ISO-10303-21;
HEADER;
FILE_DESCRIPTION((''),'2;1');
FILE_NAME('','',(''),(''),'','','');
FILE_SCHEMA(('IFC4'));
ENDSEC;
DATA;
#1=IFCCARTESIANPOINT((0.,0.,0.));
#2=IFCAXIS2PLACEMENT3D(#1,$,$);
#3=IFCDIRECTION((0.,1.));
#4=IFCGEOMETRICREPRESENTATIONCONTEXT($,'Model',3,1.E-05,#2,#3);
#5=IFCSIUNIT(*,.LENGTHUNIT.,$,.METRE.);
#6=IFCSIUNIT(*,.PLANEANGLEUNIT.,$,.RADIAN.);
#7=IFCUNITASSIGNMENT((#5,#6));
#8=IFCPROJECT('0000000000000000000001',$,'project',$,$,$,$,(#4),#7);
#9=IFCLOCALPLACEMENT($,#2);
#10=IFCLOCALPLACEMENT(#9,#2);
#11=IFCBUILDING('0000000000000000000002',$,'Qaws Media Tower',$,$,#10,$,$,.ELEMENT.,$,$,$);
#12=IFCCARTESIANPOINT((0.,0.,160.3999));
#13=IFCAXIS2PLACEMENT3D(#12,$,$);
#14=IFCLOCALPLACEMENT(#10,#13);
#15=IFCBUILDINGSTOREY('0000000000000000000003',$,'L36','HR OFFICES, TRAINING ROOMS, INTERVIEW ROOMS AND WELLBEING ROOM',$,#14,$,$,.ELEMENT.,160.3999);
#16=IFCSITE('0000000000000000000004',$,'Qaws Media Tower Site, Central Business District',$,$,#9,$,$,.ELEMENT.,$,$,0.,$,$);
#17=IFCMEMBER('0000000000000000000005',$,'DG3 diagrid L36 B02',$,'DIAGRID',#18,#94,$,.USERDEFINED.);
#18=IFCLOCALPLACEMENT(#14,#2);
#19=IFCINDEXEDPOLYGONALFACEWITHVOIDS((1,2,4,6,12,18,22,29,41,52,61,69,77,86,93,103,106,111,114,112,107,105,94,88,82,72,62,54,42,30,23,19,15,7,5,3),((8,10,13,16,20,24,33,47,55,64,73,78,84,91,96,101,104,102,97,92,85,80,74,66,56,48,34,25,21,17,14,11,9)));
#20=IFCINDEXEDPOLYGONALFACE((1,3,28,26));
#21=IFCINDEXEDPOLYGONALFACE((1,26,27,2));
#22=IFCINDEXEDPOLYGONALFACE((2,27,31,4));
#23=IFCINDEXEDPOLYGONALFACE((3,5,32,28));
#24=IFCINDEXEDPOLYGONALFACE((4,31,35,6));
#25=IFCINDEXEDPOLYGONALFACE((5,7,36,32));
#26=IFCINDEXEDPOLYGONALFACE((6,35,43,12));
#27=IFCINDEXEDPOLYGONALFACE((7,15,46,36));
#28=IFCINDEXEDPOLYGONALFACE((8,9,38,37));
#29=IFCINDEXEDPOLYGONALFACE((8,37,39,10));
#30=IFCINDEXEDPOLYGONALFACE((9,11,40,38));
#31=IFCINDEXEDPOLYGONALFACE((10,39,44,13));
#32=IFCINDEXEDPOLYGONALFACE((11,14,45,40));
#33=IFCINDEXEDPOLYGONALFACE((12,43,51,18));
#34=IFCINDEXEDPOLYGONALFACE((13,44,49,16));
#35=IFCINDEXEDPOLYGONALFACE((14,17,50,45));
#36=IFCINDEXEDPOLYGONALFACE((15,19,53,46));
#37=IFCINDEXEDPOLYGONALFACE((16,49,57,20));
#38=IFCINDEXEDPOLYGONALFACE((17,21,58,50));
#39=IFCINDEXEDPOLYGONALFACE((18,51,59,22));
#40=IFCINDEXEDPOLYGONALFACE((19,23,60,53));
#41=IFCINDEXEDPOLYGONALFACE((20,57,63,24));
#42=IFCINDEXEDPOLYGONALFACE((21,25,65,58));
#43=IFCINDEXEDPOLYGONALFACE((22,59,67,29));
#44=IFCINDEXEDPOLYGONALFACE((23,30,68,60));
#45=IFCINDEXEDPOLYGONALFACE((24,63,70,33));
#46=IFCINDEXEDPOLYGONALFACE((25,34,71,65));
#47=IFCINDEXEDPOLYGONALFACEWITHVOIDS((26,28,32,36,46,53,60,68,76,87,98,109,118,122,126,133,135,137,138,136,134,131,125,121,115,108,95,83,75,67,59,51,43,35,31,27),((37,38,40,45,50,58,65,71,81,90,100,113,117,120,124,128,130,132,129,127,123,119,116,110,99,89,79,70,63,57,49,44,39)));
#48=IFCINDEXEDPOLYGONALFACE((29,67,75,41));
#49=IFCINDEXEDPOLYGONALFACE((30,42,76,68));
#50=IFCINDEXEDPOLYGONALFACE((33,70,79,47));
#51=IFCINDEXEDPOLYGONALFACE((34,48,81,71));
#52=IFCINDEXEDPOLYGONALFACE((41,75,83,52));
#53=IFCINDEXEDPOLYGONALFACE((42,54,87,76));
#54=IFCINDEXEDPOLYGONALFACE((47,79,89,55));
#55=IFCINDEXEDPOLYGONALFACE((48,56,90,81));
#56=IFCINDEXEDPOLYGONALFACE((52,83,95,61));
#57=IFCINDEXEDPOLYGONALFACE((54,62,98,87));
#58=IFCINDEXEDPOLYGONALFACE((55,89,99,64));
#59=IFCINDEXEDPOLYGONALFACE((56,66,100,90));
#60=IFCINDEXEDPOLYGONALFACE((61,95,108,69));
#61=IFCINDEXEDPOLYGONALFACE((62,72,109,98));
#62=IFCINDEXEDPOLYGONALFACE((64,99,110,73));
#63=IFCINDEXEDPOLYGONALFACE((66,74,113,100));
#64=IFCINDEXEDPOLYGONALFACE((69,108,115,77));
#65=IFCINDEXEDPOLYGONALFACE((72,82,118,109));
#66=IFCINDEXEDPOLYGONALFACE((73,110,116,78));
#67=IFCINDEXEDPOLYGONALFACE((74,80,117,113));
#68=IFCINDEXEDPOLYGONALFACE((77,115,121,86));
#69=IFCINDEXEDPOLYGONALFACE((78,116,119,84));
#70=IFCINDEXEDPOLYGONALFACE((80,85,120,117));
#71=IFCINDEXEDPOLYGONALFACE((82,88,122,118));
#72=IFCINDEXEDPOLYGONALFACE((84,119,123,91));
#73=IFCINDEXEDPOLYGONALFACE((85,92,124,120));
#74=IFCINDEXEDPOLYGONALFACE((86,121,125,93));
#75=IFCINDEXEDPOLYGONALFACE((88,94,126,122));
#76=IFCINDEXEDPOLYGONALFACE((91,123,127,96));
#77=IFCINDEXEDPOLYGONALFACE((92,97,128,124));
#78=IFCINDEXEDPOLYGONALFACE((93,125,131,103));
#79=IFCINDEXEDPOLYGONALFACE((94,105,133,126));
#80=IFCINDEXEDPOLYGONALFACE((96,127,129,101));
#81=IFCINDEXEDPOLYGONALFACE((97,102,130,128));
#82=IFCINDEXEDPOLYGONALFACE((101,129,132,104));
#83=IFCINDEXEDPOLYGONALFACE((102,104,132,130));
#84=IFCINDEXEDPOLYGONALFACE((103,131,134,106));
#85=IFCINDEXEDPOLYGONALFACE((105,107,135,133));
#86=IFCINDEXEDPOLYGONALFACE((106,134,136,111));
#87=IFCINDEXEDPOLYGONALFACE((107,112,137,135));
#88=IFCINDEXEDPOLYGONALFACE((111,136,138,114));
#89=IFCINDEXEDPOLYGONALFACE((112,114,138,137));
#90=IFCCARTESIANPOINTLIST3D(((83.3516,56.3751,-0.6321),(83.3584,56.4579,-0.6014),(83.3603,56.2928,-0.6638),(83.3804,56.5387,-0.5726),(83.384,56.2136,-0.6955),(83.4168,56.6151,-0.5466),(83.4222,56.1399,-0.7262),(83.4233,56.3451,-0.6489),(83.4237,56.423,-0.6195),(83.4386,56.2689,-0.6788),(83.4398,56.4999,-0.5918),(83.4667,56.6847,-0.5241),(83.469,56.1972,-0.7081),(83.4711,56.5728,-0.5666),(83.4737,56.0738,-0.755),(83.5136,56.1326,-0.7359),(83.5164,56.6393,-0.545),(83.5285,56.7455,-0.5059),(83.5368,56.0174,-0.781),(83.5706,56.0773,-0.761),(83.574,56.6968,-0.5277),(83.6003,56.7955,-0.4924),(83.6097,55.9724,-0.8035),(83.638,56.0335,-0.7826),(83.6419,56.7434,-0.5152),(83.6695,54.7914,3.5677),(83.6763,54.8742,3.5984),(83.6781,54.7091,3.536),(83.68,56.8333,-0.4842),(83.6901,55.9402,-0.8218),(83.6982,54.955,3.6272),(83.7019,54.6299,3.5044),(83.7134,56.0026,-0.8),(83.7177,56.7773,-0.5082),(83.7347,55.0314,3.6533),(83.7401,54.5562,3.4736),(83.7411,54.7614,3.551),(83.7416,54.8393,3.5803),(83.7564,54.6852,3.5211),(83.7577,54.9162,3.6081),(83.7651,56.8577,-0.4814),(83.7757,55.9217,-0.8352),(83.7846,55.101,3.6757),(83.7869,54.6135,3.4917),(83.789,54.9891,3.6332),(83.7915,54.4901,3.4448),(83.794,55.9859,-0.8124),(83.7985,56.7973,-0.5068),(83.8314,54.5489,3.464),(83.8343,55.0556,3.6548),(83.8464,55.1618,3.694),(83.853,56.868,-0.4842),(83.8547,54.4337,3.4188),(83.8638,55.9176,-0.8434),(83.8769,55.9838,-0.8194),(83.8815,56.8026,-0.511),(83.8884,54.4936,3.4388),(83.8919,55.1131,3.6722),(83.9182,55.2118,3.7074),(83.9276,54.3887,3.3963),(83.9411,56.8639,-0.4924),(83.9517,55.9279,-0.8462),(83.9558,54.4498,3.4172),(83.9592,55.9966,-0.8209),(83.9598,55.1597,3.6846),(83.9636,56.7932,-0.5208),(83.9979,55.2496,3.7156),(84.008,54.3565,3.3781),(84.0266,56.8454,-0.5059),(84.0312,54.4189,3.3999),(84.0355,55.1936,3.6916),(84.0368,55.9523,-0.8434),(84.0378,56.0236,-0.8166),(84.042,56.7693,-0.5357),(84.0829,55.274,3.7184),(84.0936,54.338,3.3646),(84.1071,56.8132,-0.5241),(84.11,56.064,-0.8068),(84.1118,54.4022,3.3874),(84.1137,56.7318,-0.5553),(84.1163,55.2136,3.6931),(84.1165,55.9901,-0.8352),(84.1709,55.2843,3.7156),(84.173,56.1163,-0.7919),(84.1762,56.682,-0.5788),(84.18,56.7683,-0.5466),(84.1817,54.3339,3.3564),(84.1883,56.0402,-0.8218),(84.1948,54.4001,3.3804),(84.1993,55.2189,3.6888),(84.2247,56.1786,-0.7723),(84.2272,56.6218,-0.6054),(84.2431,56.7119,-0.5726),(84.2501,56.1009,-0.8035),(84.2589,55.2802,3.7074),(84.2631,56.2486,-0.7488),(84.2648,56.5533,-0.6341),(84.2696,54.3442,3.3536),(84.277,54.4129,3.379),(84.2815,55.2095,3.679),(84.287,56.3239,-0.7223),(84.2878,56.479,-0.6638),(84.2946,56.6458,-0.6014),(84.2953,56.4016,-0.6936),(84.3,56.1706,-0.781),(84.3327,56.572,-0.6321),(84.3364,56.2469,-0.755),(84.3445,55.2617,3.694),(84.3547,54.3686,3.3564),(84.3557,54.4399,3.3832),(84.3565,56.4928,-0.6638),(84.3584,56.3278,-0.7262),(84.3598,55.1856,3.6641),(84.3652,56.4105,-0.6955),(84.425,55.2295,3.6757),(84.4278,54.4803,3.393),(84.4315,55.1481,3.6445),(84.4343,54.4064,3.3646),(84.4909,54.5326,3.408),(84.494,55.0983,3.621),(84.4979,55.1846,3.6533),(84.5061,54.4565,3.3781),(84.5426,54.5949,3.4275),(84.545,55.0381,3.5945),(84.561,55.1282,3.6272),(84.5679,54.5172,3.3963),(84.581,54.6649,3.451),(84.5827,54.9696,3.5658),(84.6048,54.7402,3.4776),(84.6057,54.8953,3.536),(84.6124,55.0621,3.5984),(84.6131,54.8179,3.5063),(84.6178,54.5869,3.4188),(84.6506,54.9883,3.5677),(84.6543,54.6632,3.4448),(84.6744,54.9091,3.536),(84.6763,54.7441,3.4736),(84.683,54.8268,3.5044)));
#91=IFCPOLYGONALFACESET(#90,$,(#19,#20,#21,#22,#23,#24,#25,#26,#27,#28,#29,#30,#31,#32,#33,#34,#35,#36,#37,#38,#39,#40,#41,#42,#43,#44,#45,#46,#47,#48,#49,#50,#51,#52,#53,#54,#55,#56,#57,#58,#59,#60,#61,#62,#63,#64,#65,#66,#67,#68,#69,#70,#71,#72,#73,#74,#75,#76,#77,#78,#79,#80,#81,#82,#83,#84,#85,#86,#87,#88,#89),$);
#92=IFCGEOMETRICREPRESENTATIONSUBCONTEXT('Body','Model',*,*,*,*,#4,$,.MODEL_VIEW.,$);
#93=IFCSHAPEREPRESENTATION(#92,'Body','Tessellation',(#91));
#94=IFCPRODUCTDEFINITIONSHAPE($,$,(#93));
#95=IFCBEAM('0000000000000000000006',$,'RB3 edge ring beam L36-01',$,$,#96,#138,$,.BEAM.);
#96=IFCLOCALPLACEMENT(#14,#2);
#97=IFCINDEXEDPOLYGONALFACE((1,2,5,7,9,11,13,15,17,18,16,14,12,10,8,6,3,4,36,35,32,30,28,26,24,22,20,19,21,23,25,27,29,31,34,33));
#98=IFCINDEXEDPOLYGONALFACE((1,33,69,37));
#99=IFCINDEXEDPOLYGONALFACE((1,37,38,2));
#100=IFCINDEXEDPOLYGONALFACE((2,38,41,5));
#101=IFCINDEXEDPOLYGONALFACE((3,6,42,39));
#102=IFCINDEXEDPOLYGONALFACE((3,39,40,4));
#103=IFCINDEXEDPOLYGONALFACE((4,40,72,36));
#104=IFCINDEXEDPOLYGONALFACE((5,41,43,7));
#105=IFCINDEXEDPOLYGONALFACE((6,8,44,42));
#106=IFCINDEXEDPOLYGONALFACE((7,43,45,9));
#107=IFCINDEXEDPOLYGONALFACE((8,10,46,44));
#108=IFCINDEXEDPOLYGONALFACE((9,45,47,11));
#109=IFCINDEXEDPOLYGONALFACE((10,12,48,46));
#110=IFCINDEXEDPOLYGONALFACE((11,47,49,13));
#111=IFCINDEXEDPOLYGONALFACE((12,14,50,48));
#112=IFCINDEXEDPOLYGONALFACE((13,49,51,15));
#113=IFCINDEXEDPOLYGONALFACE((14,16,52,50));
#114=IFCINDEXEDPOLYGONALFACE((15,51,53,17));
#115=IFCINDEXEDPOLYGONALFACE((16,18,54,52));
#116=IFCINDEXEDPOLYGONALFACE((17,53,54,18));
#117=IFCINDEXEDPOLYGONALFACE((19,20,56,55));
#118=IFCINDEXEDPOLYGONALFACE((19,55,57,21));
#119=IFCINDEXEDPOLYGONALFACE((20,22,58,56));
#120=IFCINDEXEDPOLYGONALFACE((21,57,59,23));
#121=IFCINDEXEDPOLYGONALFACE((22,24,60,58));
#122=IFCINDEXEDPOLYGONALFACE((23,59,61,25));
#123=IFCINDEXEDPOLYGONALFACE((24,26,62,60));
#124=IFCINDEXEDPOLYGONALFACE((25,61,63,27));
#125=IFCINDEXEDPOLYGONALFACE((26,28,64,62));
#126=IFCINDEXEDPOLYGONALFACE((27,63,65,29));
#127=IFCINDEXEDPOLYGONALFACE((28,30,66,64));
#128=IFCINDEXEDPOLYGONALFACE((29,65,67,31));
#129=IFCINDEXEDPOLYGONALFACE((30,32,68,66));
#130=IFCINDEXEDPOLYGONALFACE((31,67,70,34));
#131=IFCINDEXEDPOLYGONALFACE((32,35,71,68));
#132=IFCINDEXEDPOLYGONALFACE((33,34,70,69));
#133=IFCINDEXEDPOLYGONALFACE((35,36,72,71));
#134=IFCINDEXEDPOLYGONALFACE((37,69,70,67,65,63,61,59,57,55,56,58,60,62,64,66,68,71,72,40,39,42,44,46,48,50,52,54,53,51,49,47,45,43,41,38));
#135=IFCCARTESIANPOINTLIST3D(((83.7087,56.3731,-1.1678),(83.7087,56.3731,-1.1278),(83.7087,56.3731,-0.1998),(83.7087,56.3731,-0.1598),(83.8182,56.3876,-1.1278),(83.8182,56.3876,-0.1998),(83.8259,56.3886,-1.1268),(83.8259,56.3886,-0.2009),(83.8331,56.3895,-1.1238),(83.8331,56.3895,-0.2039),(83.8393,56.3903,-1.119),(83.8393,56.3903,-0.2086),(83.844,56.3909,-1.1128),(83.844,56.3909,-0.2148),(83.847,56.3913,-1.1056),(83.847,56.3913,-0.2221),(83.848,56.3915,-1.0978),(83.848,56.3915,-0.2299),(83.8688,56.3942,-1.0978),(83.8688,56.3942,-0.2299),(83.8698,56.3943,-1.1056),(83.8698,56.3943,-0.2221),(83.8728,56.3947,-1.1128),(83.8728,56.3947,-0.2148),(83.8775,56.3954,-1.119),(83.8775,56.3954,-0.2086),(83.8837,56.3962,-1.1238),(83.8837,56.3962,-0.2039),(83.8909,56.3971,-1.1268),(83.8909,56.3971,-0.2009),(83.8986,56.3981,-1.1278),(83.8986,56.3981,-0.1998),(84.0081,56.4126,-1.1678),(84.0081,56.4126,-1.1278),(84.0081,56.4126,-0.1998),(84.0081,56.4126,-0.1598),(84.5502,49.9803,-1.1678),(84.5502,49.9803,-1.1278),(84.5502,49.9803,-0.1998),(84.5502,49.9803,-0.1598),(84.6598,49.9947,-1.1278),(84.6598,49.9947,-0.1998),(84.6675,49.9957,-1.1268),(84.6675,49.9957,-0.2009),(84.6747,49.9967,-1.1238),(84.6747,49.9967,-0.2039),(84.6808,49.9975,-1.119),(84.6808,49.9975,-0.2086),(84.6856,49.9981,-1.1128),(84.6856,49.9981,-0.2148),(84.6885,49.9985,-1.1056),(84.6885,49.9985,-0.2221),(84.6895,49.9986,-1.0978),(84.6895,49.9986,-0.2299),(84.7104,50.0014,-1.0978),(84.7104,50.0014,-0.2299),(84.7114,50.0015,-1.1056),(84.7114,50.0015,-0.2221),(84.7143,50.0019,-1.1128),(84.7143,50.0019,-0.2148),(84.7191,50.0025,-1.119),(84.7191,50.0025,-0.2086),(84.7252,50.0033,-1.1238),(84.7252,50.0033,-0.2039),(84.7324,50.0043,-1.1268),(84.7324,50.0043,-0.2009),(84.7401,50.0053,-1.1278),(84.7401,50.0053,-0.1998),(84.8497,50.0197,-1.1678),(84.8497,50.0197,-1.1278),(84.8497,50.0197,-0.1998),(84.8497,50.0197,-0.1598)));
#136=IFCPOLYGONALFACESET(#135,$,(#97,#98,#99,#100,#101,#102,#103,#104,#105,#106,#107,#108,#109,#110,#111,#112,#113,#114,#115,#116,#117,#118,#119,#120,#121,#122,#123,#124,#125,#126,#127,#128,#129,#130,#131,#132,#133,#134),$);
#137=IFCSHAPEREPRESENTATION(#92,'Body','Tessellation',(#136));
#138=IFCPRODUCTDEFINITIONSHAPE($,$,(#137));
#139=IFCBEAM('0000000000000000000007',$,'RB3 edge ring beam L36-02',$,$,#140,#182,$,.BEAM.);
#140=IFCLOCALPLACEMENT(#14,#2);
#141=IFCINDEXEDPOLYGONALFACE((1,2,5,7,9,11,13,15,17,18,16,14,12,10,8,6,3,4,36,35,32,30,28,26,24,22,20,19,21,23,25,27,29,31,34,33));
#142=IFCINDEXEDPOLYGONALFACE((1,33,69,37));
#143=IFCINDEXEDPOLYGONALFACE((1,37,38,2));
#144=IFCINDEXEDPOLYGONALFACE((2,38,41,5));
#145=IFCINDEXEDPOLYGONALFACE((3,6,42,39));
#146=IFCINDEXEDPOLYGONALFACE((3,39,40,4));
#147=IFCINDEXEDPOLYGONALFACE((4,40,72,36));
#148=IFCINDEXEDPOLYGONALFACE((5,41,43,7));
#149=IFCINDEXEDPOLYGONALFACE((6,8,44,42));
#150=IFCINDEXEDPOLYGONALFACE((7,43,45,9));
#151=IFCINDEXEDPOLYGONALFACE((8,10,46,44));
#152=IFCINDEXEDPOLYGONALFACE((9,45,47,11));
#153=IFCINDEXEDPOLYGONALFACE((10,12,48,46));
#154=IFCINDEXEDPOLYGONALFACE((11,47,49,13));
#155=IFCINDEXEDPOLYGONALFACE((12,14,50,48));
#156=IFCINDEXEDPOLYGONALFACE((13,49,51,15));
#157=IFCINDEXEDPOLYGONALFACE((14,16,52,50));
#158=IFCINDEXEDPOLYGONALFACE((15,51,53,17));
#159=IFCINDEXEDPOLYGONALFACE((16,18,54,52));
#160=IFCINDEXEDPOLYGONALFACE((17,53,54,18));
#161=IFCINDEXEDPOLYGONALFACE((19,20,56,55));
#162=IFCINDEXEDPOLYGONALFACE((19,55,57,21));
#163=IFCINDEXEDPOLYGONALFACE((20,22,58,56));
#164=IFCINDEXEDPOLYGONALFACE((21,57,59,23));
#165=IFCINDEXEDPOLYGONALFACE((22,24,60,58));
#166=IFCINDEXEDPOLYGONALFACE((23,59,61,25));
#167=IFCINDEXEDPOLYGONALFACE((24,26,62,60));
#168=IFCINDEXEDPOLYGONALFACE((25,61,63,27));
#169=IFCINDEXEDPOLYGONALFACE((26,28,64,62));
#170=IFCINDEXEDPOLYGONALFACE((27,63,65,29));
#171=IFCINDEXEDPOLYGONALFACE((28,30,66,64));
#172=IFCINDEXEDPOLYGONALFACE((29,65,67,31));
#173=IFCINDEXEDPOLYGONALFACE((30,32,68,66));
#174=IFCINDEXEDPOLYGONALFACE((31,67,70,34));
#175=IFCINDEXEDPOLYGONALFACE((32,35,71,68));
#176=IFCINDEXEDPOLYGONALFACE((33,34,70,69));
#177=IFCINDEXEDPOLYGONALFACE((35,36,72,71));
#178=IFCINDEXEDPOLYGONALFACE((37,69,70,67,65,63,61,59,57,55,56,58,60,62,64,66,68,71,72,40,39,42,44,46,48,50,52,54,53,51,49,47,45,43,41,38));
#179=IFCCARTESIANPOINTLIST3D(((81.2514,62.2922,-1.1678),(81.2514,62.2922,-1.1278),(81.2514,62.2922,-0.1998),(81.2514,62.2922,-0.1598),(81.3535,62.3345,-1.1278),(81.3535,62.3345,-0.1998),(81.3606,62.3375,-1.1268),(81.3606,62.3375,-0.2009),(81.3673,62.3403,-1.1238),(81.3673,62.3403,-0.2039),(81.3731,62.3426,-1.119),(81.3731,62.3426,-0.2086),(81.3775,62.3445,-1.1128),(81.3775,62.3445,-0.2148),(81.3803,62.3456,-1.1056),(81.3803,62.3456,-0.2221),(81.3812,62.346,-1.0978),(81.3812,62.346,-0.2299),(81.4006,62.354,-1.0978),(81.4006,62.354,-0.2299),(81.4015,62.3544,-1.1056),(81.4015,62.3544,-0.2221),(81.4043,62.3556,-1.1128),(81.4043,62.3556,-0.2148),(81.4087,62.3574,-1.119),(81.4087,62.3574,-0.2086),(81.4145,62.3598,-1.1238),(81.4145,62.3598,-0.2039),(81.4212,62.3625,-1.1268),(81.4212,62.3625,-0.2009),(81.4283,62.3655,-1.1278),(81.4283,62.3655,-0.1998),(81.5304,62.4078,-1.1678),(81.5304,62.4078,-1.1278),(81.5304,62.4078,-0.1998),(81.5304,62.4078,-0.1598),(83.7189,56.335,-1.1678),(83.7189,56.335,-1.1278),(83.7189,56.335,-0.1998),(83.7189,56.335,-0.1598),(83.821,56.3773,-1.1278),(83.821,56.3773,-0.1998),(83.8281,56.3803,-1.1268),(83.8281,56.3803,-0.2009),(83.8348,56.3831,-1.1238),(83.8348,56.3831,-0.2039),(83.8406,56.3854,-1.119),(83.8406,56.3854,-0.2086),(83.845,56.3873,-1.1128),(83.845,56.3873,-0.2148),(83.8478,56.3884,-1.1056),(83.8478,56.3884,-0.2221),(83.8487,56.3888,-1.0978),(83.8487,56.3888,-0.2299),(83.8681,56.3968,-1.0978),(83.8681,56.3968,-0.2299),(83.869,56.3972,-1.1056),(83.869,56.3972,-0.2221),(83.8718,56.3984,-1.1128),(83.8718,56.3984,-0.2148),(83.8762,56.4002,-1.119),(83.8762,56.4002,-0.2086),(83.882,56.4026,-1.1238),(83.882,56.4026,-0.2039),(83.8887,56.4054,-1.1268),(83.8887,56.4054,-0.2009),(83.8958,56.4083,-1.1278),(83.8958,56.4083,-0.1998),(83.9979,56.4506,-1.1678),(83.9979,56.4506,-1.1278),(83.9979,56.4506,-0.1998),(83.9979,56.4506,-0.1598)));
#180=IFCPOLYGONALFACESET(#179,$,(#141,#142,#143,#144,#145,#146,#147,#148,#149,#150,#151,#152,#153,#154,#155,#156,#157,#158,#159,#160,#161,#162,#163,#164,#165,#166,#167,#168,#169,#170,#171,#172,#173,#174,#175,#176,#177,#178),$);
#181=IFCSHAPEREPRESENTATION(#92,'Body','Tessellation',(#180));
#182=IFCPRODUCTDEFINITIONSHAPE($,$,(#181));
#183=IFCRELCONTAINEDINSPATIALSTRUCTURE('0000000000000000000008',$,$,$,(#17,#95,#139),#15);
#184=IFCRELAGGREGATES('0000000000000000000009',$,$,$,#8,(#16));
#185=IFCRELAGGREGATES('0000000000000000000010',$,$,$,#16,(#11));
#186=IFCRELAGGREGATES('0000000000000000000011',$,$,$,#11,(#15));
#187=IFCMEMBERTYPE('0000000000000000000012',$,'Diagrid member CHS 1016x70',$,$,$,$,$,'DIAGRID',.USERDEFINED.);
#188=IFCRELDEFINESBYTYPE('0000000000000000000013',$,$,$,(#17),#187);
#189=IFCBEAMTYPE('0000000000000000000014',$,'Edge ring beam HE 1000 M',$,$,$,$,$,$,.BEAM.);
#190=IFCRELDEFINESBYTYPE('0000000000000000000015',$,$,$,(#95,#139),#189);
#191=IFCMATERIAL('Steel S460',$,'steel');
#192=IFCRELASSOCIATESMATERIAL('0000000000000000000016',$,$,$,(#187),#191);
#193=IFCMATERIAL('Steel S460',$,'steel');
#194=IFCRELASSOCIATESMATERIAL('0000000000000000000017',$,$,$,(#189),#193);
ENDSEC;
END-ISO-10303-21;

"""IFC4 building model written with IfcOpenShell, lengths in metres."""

from ifc_helpers import new_model, si_unit, direction, frame, origin, origin_2d, place, context, subcontext, project, spatial, hollow_circle, i_section, extrude, material, material_profile, profile_set, type_object, element, save


model = new_model("IFC4")

# Units and contexts
model_context = context("Model", 3, precision=1e-05, world=origin(), true_north=direction((0.0, 1.0)))
body_context = subcontext(model_context, "Body", "Model", "MODEL_VIEW")
ifc_project = project(units=[si_unit("LENGTHUNIT", "METRE"), si_unit("PLANEANGLEUNIT", "RADIAN")], contexts=[model_context])

# Site, building, storey
site_placement = place(None, origin())
site = spatial("IfcSite", under=ifc_project, at=site_placement, Name="Qaws Media Tower Site, Central Business District", CompositionType="ELEMENT", RefElevation=0.0)
building_placement = place(site_placement, origin())
building = spatial("IfcBuilding", under=site, at=building_placement, Name="Qaws Media Tower", CompositionType="ELEMENT")
storey_placement = place(building_placement, frame((0.0, 0.0, 160.3999)))
storey = spatial("IfcBuildingStorey", under=building, at=storey_placement, Name="L36", Description="HR OFFICES, TRAINING ROOMS, INTERVIEW ROOMS AND WELLBEING ROOM", CompositionType="ELEMENT", Elevation=160.3999)

# Member
ifc_material_1 = material(Name="Steel S460", Category="steel")
ifc_material_profile_1 = material_profile(ifc_material_1, hollow_circle(Radius=0.5081, WallThickness=0.0701, at=origin_2d()), Name="CHS 1016x70")
ifc_profile_set_1 = profile_set([ifc_material_profile_1], Name="Steel S460")
member_type_1 = type_object("IfcMemberType", Name="Diagrid member CHS 1016x70", ElementType="DIAGRID", PredefinedType="USERDEFINED", material=ifc_profile_set_1)
member_1_placement = place(storey_placement, frame((83.8584, 56.3928, -0.6638), z_axis=(0.07064, -0.351952, 0.933349), x_axis=(0.980447, 0.196785, 0.0)))
element("IfcMember", 1, at=member_1_placement, inside=storey, type_object=member_type_1, Name="DG3 diagrid L36 B02", ObjectType="DIAGRID", PredefinedType="USERDEFINED", context=body_context, shape_type="SweptSolid", body=[
    extrude(hollow_circle(Radius=0.5081, WallThickness=0.0701, at=origin_2d()), origin(), (0.0, 0.0, 1.0), 4.4998),
])

# Beams
ifc_material_2 = material(Name="Steel S460", Category="steel")
ifc_material_profile_2 = material_profile(ifc_material_2, i_section(OverallWidth=0.302, OverallDepth=1.0081, WebThickness=0.021, FlangeThickness=0.04, FilletRadius=0.03, at=origin_2d()), Name="HE 1000 M")
ifc_profile_set_2 = profile_set([ifc_material_profile_2], Name="Steel S460")
beam_type_1 = type_object("IfcBeamType", Name="Edge ring beam HE 1000 M", PredefinedType="BEAM", material=ifc_profile_set_2)
for number, where, z_axis, x_axis, name in (
    (2, (84.7, 50.0, -0.6638), (-0.130514, 0.991446, 0.0), (-0.991446, -0.130514, 0.0), "RB3 edge ring beam L36-01"),
    (3, (83.8584, 56.3928, -0.6638), (-0.382676, 0.923883, 0.0), (-0.923883, -0.382676, 0.0), "RB3 edge ring beam L36-02"),
):
    element("IfcBeam", number, at=place(storey_placement, frame(where, z_axis=z_axis, x_axis=x_axis)), inside=storey, type_object=beam_type_1, Name=name, PredefinedType="BEAM", context=body_context, shape_type="SweptSolid", body=[
        extrude(i_section(OverallWidth=0.302, OverallDepth=1.0081, WebThickness=0.021, FlangeThickness=0.04, FilletRadius=0.03, at=origin_2d()), origin(), (0.0, 0.0, 1.0), 6.448),
    ])

save(model, "model.ifc")
